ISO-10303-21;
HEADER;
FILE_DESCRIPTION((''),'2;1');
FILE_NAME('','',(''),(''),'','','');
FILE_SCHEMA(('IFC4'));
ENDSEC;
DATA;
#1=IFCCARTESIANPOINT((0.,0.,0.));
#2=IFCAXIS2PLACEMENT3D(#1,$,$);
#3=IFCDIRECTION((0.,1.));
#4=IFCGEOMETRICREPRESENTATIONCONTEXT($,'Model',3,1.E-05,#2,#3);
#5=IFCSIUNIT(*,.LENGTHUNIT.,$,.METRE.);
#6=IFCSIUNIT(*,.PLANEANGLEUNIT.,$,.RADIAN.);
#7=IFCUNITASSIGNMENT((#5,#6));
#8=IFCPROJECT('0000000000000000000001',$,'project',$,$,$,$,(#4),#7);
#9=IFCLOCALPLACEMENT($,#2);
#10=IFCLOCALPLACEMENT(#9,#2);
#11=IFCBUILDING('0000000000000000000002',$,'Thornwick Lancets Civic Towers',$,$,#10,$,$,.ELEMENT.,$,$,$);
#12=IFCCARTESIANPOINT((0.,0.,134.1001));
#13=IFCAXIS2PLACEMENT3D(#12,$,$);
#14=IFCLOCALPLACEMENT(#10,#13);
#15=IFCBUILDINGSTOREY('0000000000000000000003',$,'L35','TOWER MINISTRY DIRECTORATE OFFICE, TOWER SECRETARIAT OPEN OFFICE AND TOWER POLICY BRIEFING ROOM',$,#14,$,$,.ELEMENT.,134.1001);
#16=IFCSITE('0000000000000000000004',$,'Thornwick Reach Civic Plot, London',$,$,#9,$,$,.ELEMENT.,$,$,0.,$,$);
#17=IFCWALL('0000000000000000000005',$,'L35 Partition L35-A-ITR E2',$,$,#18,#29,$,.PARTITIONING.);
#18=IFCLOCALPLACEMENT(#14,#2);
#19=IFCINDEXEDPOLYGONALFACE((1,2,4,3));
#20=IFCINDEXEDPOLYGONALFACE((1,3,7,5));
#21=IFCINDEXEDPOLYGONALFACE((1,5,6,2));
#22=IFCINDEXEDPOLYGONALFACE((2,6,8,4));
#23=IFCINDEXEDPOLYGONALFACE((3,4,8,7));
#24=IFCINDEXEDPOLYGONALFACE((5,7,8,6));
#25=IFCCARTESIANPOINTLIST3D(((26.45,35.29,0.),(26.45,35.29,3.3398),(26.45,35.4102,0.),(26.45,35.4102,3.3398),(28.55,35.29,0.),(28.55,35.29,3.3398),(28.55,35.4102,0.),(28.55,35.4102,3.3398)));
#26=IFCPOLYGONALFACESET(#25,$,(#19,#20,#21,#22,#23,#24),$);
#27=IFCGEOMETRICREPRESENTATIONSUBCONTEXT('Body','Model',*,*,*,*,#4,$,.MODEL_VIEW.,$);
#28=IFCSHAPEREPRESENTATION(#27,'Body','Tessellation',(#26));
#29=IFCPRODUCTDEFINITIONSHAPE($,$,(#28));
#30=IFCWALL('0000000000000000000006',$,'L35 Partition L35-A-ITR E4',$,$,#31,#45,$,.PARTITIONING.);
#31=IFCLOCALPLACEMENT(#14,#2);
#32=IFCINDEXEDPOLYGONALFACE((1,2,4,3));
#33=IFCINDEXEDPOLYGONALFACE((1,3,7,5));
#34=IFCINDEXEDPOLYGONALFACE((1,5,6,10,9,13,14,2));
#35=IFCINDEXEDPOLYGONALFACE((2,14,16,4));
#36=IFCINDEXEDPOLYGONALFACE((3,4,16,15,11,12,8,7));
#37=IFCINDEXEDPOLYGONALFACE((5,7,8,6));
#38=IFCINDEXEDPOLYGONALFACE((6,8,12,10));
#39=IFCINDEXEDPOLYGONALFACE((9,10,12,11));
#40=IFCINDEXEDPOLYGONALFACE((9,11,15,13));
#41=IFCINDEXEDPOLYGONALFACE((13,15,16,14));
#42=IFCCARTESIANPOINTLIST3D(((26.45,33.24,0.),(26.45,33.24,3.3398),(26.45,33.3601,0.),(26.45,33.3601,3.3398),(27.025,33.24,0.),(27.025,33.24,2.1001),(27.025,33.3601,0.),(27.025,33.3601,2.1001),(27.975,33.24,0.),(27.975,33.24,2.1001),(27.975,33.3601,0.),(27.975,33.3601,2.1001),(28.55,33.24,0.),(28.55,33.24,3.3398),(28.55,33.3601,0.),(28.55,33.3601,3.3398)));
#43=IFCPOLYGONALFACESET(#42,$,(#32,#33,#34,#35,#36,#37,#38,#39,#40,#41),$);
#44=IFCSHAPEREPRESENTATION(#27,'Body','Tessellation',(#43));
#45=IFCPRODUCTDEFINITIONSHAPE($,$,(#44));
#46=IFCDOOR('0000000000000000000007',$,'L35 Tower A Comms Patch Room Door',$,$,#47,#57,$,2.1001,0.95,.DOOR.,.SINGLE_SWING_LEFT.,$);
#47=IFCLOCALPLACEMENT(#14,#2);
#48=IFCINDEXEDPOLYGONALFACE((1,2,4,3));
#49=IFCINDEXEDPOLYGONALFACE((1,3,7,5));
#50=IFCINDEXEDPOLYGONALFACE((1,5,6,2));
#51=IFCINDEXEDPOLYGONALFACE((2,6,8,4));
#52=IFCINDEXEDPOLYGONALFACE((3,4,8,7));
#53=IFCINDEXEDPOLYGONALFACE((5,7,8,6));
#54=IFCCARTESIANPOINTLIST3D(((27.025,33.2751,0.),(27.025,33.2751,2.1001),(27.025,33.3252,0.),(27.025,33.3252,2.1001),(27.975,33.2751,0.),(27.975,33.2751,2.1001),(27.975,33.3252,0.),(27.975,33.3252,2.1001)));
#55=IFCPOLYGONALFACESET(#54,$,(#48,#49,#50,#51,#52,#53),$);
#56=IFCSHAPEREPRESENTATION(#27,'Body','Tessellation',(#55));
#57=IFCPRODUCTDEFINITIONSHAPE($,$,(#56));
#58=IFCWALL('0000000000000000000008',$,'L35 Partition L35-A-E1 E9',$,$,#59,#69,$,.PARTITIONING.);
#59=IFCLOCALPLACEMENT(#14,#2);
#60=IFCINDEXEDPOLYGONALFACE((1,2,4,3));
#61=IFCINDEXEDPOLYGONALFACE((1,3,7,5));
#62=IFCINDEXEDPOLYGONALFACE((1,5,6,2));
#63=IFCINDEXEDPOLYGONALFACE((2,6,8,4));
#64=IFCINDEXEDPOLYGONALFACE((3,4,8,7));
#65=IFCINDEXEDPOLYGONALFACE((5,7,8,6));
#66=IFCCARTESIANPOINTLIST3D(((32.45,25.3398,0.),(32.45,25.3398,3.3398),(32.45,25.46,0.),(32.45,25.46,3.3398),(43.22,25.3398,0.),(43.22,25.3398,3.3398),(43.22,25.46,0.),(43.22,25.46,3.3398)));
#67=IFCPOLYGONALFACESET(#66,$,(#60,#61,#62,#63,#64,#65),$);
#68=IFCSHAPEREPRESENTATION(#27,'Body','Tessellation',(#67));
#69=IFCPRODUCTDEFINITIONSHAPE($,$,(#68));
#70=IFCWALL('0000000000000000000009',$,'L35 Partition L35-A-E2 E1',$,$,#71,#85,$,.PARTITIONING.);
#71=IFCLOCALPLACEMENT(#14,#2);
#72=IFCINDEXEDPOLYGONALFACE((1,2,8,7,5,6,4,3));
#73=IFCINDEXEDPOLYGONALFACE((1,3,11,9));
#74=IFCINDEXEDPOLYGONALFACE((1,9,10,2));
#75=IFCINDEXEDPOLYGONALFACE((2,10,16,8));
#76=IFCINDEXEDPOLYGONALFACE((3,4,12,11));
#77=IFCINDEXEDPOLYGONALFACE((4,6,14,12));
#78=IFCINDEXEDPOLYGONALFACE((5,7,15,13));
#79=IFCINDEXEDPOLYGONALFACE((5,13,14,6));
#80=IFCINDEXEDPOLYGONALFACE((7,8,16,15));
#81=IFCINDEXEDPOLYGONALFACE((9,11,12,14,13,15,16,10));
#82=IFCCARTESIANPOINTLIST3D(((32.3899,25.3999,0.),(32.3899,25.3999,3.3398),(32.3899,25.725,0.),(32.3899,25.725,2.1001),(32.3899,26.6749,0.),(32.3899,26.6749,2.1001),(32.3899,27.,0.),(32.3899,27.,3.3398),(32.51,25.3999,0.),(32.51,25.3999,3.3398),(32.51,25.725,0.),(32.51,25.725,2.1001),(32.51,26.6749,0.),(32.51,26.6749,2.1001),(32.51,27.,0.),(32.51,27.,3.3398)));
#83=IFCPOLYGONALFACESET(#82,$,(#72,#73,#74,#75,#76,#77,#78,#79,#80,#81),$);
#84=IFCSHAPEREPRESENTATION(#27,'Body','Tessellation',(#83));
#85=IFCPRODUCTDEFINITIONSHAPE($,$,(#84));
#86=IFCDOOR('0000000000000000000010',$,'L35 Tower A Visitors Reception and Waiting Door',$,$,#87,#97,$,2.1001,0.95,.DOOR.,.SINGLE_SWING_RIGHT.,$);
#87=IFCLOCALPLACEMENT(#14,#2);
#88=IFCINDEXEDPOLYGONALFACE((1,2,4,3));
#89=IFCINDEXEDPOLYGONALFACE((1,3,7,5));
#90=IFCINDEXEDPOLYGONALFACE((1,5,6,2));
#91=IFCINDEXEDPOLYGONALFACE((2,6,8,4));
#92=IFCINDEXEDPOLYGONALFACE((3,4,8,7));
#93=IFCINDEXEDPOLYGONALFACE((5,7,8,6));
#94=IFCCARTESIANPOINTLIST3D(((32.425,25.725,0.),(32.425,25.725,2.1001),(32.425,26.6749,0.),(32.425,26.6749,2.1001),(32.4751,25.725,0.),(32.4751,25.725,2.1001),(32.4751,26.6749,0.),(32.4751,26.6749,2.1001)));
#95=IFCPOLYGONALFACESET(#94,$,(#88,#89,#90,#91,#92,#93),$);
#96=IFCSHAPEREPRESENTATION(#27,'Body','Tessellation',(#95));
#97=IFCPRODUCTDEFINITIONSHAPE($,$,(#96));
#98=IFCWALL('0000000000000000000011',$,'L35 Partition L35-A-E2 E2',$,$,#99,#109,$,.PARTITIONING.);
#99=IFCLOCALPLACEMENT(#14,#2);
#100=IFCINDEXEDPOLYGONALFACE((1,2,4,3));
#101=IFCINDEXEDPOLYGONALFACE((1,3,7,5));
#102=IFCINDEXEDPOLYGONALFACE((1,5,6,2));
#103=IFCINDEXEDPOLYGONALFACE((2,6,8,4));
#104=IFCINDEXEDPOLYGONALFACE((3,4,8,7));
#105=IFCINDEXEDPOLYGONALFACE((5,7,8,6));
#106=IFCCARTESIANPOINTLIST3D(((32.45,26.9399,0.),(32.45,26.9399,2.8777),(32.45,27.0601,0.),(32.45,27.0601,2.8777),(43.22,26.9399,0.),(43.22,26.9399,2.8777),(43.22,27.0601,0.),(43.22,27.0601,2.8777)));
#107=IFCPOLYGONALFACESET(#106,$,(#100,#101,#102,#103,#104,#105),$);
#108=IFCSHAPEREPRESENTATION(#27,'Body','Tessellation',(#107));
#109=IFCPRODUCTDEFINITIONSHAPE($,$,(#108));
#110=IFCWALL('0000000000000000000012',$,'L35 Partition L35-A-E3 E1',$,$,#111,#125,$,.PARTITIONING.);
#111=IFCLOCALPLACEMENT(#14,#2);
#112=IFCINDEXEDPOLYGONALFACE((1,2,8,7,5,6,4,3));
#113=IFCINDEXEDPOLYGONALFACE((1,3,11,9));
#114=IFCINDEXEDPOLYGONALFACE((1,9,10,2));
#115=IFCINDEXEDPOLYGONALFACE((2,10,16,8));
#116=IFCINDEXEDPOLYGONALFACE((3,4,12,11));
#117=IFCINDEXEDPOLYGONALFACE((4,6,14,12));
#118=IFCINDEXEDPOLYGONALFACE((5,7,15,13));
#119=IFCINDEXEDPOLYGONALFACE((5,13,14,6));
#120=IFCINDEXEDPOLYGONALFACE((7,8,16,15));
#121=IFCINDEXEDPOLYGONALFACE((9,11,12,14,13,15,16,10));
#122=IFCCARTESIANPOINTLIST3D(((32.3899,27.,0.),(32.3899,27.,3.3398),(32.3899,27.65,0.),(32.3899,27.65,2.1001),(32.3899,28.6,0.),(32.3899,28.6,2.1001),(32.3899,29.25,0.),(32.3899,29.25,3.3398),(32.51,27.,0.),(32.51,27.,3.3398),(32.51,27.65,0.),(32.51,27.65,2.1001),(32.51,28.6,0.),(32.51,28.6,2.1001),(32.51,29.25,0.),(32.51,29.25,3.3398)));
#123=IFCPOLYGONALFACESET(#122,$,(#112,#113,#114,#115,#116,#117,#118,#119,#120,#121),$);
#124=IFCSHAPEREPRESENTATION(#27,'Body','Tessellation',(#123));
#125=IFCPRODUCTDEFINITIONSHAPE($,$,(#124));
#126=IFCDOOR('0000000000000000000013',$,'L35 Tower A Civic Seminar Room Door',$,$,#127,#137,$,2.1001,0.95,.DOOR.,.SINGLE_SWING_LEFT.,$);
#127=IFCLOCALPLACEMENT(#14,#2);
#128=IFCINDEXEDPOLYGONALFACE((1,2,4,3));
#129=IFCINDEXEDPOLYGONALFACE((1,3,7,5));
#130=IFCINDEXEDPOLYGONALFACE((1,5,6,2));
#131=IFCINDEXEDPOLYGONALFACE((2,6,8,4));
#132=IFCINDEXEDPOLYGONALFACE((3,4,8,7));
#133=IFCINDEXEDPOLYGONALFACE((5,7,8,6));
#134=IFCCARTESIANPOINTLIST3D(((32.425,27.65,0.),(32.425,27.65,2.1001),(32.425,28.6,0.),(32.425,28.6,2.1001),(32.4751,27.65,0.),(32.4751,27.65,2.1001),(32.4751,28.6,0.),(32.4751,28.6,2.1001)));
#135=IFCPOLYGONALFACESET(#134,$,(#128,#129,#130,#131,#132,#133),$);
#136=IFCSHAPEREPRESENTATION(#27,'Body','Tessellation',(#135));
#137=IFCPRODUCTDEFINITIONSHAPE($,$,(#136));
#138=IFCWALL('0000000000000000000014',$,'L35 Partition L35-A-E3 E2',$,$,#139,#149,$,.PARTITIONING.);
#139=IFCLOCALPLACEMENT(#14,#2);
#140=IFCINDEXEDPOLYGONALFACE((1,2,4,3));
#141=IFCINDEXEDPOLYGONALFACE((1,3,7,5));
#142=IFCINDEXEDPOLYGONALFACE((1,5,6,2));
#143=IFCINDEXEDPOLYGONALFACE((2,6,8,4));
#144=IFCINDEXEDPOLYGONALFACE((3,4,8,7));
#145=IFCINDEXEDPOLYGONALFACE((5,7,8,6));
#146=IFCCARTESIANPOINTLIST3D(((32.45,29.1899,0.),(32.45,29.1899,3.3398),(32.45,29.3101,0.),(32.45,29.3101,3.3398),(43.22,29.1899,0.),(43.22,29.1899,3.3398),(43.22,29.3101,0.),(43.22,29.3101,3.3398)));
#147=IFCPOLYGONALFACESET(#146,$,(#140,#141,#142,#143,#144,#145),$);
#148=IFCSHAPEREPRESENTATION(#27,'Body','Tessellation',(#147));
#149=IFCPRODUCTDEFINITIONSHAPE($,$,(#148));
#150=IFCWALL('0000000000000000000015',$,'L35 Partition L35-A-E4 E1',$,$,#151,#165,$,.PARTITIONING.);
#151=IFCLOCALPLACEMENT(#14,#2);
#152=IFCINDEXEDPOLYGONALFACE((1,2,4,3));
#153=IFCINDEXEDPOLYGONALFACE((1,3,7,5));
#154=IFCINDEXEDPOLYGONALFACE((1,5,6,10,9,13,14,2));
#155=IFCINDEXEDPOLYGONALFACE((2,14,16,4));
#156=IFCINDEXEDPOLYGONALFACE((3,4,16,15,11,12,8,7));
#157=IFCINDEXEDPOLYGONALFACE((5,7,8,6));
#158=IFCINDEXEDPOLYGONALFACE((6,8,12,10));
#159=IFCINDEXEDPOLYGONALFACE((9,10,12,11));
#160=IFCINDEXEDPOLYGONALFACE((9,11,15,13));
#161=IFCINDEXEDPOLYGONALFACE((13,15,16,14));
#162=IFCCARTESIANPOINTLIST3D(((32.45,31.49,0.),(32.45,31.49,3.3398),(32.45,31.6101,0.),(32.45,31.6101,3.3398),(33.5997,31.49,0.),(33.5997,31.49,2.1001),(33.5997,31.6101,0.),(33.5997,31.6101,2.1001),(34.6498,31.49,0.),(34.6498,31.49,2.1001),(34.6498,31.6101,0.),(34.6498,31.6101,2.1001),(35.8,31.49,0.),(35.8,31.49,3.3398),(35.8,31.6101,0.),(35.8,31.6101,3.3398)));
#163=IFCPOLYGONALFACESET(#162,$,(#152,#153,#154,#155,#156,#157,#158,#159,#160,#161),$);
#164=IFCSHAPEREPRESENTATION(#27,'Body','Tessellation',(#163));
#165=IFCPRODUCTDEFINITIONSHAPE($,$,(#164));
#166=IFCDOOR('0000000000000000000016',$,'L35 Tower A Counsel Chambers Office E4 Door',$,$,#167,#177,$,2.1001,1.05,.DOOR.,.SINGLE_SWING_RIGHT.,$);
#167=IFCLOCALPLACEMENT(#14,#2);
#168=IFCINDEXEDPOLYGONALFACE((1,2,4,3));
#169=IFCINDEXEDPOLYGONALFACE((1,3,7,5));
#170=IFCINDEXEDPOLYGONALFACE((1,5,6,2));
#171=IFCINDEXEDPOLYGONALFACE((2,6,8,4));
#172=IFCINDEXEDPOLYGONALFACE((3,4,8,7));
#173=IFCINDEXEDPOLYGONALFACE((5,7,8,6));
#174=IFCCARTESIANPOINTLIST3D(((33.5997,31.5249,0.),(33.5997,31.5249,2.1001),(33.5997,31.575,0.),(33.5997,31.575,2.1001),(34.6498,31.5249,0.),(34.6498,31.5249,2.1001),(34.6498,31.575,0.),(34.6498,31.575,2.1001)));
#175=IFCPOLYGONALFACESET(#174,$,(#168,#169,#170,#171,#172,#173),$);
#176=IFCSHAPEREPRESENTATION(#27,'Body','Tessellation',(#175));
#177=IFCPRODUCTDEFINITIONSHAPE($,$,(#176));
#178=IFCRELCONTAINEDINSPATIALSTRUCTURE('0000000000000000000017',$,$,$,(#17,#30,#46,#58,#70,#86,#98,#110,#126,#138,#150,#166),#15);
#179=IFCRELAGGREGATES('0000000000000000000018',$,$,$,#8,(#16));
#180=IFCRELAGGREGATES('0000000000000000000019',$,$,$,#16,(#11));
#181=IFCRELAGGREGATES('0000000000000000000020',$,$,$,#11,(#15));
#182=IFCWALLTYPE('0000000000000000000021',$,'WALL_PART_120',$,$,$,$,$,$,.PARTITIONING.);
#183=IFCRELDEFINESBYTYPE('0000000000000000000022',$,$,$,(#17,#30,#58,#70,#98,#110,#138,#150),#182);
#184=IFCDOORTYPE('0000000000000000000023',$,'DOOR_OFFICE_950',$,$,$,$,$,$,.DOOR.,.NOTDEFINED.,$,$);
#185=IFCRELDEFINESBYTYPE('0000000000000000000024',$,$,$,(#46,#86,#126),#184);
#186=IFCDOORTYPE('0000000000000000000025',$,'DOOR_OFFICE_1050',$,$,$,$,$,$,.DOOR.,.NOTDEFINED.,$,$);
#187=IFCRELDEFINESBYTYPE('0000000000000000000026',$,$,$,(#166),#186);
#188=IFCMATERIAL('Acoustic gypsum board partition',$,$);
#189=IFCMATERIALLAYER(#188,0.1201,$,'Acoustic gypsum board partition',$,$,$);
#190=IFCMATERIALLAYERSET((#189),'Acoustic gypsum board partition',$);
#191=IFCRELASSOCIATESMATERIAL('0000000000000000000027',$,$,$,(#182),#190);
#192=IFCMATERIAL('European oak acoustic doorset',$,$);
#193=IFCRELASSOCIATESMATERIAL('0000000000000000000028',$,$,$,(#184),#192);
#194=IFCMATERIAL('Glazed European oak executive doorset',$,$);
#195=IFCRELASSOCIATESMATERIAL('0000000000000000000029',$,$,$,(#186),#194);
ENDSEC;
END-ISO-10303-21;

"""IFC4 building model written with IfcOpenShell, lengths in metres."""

from ifc_helpers import new_model, si_unit, direction, frame, frame_2d, origin, place, context, subcontext, project, spatial, rectangle, extrude, material, layer, layer_set, type_object, element, fill, save


model = new_model("IFC4")

# Units and contexts
model_context = context("Model", 3, precision=1e-05, world=origin(), true_north=direction((0.0, 1.0)))
body_context = subcontext(model_context, "Body", "Model", "MODEL_VIEW")
ifc_project = project(units=[si_unit("LENGTHUNIT", "METRE"), si_unit("PLANEANGLEUNIT", "RADIAN")], contexts=[model_context])

# Site, building, storey
site_placement = place(None, origin())
site = spatial("IfcSite", under=ifc_project, at=site_placement, Name="Thornwick Reach Civic Plot, London", CompositionType="ELEMENT", RefElevation=0.0)
building_placement = place(site_placement, origin())
building = spatial("IfcBuilding", under=site, at=building_placement, Name="Thornwick Lancets Civic Towers", CompositionType="ELEMENT")
storey_placement = place(building_placement, frame((0.0, 0.0, 134.1001)))
storey = spatial("IfcBuildingStorey", under=building, at=storey_placement, Name="L35", Description="TOWER MINISTRY DIRECTORATE OFFICE, TOWER SECRETARIAT OPEN OFFICE AND TOWER POLICY BRIEFING ROOM", CompositionType="ELEMENT", Elevation=134.1001)

# Wall
ifc_material_1 = material(Name="Acoustic gypsum board partition")
ifc_layer_1 = layer(ifc_material_1, 0.1201, Name="Acoustic gypsum board partition")
ifc_layer_set_1 = layer_set([ifc_layer_1], Name="Acoustic gypsum board partition")
wall_type_1 = type_object("IfcWallType", Name="WALL_PART_120", PredefinedType="PARTITIONING", material=ifc_layer_set_1)
wall_1_placement = place(storey_placement, frame((26.45, 35.3501, 0.0), z_axis=(0.0, 0.0, 1.0), x_axis=(1.0, 0.0, 0.0)))
element("IfcWall", 1, at=wall_1_placement, inside=storey, type_object=wall_type_1, Name="L35 Partition L35-A-ITR E2", PredefinedType="PARTITIONING", context=body_context, shape_type="SweptSolid", body=[
    extrude(rectangle(XDim=2.1001, YDim=0.1201, at=frame_2d((1.05, 0.0))), origin(), (0.0, 0.0, 1.0), 3.3398),
])

# Wall, opening, door
wall_2_placement = place(storey_placement, frame((28.55, 33.3, 0.0), z_axis=(0.0, 0.0, 1.0), x_axis=(-1.0, 0.0, 0.0)))
wall_2 = element("IfcWall", 2, at=wall_2_placement, inside=storey, type_object=wall_type_1, Name="L35 Partition L35-A-ITR E4", PredefinedType="PARTITIONING", context=body_context, shape_type="SweptSolid", body=[
    extrude(rectangle(XDim=2.1001, YDim=0.1201, at=frame_2d((1.05, 0.0))), origin(), (0.0, 0.0, 1.0), 3.3398),
])
opening_1_placement = place(wall_2_placement, frame((0.575, 0.0, 0.0)))
opening_1 = element("IfcOpeningElement", 3, at=opening_1_placement, cuts=wall_2, PredefinedType="OPENING", context=body_context, shape_type="SweptSolid", body=[
    extrude(rectangle(XDim=0.95, YDim=2.1001, at=frame_2d((0.4751, 1.05))), frame((0.0, 0.0701, 0.0), z_axis=(0.0, -1.0, 0.0), x_axis=(1.0, 0.0, 0.0)), (0.0, 0.0, 1.0), 0.1401),
])
ifc_material_2 = material(Name="European oak acoustic doorset")
door_type_1 = type_object("IfcDoorType", Name="DOOR_OFFICE_950", OperationType="NOTDEFINED", PredefinedType="DOOR", material=ifc_material_2)
door_1_placement = place(opening_1_placement, origin())
door_1 = element("IfcDoor", 4, at=door_1_placement, inside=storey, type_object=door_type_1, Name="L35 Tower A Comms Patch Room Door", OperationType="SINGLE_SWING_LEFT", OverallHeight=2.1001, OverallWidth=0.95, PredefinedType="DOOR", context=body_context, shape_type="SweptSolid", body=[
    extrude(rectangle(XDim=0.95, YDim=2.1001, at=frame_2d((0.4751, 1.05))), frame((0.0, 0.0249, 0.0), z_axis=(0.0, -1.0, 0.0), x_axis=(1.0, 0.0, 0.0)), (0.0, 0.0, 1.0), 0.05),
])
fill(opening_1, door_1)

# Wall
wall_3_placement = place(storey_placement, frame((32.45, 25.3999, 0.0), z_axis=(0.0, 0.0, 1.0), x_axis=(1.0, 0.0, 0.0)))
element("IfcWall", 5, at=wall_3_placement, inside=storey, type_object=wall_type_1, Name="L35 Partition L35-A-E1 E9", PredefinedType="PARTITIONING", context=body_context, shape_type="SweptSolid", body=[
    extrude(rectangle(XDim=10.77, YDim=0.1201, at=frame_2d((5.385, 0.0))), origin(), (0.0, 0.0, 1.0), 3.3398),
])

# Wall, opening, door
wall_4_placement = place(storey_placement, frame((32.45, 25.3999, 0.0), z_axis=(0.0, 0.0, 1.0), x_axis=(0.0, 1.0, 0.0)))
wall_4 = element("IfcWall", 6, at=wall_4_placement, inside=storey, type_object=wall_type_1, Name="L35 Partition L35-A-E2 E1", PredefinedType="PARTITIONING", context=body_context, shape_type="SweptSolid", body=[
    extrude(rectangle(XDim=1.6001, YDim=0.1201, at=frame_2d((0.8, 0.0))), origin(), (0.0, 0.0, 1.0), 3.3398),
])
opening_2_placement = place(wall_4_placement, frame((0.325, 0.0, 0.0)))
opening_2 = element("IfcOpeningElement", 7, at=opening_2_placement, cuts=wall_4, PredefinedType="OPENING", context=body_context, shape_type="SweptSolid", body=[
    extrude(rectangle(XDim=0.95, YDim=2.1001, at=frame_2d((0.4751, 1.05))), frame((0.0, 0.0701, 0.0), z_axis=(0.0, -1.0, 0.0), x_axis=(1.0, 0.0, 0.0)), (0.0, 0.0, 1.0), 0.1401),
])
door_2_placement = place(opening_2_placement, origin())
door_2 = element("IfcDoor", 8, at=door_2_placement, inside=storey, type_object=door_type_1, Name="L35 Tower A Visitors Reception and Waiting Door", OperationType="SINGLE_SWING_RIGHT", OverallHeight=2.1001, OverallWidth=0.95, PredefinedType="DOOR", context=body_context, shape_type="SweptSolid", body=[
    extrude(rectangle(XDim=0.95, YDim=2.1001, at=frame_2d((0.4751, 1.05))), frame((0.0, 0.0249, 0.0), z_axis=(0.0, -1.0, 0.0), x_axis=(1.0, 0.0, 0.0)), (0.0, 0.0, 1.0), 0.05),
])
fill(opening_2, door_2)

# Wall
wall_5_placement = place(storey_placement, frame((32.45, 27.0, 0.0), z_axis=(0.0, 0.0, 1.0), x_axis=(1.0, 0.0, 0.0)))
element("IfcWall", 9, at=wall_5_placement, inside=storey, type_object=wall_type_1, Name="L35 Partition L35-A-E2 E2", PredefinedType="PARTITIONING", context=body_context, shape_type="SweptSolid", body=[
    extrude(rectangle(XDim=10.77, YDim=0.1201, at=frame_2d((5.385, 0.0))), origin(), (0.0, 0.0, 1.0), 2.8777),
])

# Wall, opening, door
wall_6_placement = place(storey_placement, frame((32.45, 27.0, 0.0), z_axis=(0.0, 0.0, 1.0), x_axis=(0.0, 1.0, 0.0)))
wall_6 = element("IfcWall", 10, at=wall_6_placement, inside=storey, type_object=wall_type_1, Name="L35 Partition L35-A-E3 E1", PredefinedType="PARTITIONING", context=body_context, shape_type="SweptSolid", body=[
    extrude(rectangle(XDim=2.25, YDim=0.1201, at=frame_2d((1.125, 0.0))), origin(), (0.0, 0.0, 1.0), 3.3398),
])
opening_3_placement = place(wall_6_placement, frame((0.6499, 0.0, 0.0)))
opening_3 = element("IfcOpeningElement", 11, at=opening_3_placement, cuts=wall_6, PredefinedType="OPENING", context=body_context, shape_type="SweptSolid", body=[
    extrude(rectangle(XDim=0.95, YDim=2.1001, at=frame_2d((0.4751, 1.05))), frame((0.0, 0.0701, 0.0), z_axis=(0.0, -1.0, 0.0), x_axis=(1.0, 0.0, 0.0)), (0.0, 0.0, 1.0), 0.1401),
])
door_3_placement = place(opening_3_placement, origin())
door_3 = element("IfcDoor", 12, at=door_3_placement, inside=storey, type_object=door_type_1, Name="L35 Tower A Civic Seminar Room Door", OperationType="SINGLE_SWING_LEFT", OverallHeight=2.1001, OverallWidth=0.95, PredefinedType="DOOR", context=body_context, shape_type="SweptSolid", body=[
    extrude(rectangle(XDim=0.95, YDim=2.1001, at=frame_2d((0.4751, 1.05))), frame((0.0, 0.0249, 0.0), z_axis=(0.0, -1.0, 0.0), x_axis=(1.0, 0.0, 0.0)), (0.0, 0.0, 1.0), 0.05),
])
fill(opening_3, door_3)

# Wall
wall_7_placement = place(storey_placement, frame((32.45, 29.25, 0.0), z_axis=(0.0, 0.0, 1.0), x_axis=(1.0, 0.0, 0.0)))
element("IfcWall", 13, at=wall_7_placement, inside=storey, type_object=wall_type_1, Name="L35 Partition L35-A-E3 E2", PredefinedType="PARTITIONING", context=body_context, shape_type="SweptSolid", body=[
    extrude(rectangle(XDim=10.77, YDim=0.1201, at=frame_2d((5.385, 0.0))), origin(), (0.0, 0.0, 1.0), 3.3398),
])

# Wall, opening, door
wall_8_placement = place(storey_placement, frame((32.45, 31.55, 0.0), z_axis=(0.0, 0.0, 1.0), x_axis=(1.0, 0.0, 0.0)))
wall_8 = element("IfcWall", 14, at=wall_8_placement, inside=storey, type_object=wall_type_1, Name="L35 Partition L35-A-E4 E1", PredefinedType="PARTITIONING", context=body_context, shape_type="SweptSolid", body=[
    extrude(rectangle(XDim=3.3501, YDim=0.1201, at=frame_2d((1.675, 0.0))), origin(), (0.0, 0.0, 1.0), 3.3398),
])
opening_4_placement = place(wall_8_placement, frame((1.1499, 0.0, 0.0)))
opening_4 = element("IfcOpeningElement", 15, at=opening_4_placement, cuts=wall_8, PredefinedType="OPENING", context=body_context, shape_type="SweptSolid", body=[
    extrude(rectangle(XDim=1.05, YDim=2.1001, at=frame_2d((0.5249, 1.05))), frame((0.0, 0.0701, 0.0), z_axis=(0.0, -1.0, 0.0), x_axis=(1.0, 0.0, 0.0)), (0.0, 0.0, 1.0), 0.1401),
])
ifc_material_3 = material(Name="Glazed European oak executive doorset")
door_type_2 = type_object("IfcDoorType", Name="DOOR_OFFICE_1050", OperationType="NOTDEFINED", PredefinedType="DOOR", material=ifc_material_3)
door_4_placement = place(opening_4_placement, origin())
door_4 = element("IfcDoor", 16, at=door_4_placement, inside=storey, type_object=door_type_2, Name="L35 Tower A Counsel Chambers Office E4 Door", OperationType="SINGLE_SWING_RIGHT", OverallHeight=2.1001, OverallWidth=1.05, PredefinedType="DOOR", context=body_context, shape_type="SweptSolid", body=[
    extrude(rectangle(XDim=1.05, YDim=2.1001, at=frame_2d((0.5249, 1.05))), frame((0.0, 0.0249, 0.0), z_axis=(0.0, -1.0, 0.0), x_axis=(1.0, 0.0, 0.0)), (0.0, 0.0, 1.0), 0.05),
])
fill(opening_4, door_4)

save(model, "model.ifc")
